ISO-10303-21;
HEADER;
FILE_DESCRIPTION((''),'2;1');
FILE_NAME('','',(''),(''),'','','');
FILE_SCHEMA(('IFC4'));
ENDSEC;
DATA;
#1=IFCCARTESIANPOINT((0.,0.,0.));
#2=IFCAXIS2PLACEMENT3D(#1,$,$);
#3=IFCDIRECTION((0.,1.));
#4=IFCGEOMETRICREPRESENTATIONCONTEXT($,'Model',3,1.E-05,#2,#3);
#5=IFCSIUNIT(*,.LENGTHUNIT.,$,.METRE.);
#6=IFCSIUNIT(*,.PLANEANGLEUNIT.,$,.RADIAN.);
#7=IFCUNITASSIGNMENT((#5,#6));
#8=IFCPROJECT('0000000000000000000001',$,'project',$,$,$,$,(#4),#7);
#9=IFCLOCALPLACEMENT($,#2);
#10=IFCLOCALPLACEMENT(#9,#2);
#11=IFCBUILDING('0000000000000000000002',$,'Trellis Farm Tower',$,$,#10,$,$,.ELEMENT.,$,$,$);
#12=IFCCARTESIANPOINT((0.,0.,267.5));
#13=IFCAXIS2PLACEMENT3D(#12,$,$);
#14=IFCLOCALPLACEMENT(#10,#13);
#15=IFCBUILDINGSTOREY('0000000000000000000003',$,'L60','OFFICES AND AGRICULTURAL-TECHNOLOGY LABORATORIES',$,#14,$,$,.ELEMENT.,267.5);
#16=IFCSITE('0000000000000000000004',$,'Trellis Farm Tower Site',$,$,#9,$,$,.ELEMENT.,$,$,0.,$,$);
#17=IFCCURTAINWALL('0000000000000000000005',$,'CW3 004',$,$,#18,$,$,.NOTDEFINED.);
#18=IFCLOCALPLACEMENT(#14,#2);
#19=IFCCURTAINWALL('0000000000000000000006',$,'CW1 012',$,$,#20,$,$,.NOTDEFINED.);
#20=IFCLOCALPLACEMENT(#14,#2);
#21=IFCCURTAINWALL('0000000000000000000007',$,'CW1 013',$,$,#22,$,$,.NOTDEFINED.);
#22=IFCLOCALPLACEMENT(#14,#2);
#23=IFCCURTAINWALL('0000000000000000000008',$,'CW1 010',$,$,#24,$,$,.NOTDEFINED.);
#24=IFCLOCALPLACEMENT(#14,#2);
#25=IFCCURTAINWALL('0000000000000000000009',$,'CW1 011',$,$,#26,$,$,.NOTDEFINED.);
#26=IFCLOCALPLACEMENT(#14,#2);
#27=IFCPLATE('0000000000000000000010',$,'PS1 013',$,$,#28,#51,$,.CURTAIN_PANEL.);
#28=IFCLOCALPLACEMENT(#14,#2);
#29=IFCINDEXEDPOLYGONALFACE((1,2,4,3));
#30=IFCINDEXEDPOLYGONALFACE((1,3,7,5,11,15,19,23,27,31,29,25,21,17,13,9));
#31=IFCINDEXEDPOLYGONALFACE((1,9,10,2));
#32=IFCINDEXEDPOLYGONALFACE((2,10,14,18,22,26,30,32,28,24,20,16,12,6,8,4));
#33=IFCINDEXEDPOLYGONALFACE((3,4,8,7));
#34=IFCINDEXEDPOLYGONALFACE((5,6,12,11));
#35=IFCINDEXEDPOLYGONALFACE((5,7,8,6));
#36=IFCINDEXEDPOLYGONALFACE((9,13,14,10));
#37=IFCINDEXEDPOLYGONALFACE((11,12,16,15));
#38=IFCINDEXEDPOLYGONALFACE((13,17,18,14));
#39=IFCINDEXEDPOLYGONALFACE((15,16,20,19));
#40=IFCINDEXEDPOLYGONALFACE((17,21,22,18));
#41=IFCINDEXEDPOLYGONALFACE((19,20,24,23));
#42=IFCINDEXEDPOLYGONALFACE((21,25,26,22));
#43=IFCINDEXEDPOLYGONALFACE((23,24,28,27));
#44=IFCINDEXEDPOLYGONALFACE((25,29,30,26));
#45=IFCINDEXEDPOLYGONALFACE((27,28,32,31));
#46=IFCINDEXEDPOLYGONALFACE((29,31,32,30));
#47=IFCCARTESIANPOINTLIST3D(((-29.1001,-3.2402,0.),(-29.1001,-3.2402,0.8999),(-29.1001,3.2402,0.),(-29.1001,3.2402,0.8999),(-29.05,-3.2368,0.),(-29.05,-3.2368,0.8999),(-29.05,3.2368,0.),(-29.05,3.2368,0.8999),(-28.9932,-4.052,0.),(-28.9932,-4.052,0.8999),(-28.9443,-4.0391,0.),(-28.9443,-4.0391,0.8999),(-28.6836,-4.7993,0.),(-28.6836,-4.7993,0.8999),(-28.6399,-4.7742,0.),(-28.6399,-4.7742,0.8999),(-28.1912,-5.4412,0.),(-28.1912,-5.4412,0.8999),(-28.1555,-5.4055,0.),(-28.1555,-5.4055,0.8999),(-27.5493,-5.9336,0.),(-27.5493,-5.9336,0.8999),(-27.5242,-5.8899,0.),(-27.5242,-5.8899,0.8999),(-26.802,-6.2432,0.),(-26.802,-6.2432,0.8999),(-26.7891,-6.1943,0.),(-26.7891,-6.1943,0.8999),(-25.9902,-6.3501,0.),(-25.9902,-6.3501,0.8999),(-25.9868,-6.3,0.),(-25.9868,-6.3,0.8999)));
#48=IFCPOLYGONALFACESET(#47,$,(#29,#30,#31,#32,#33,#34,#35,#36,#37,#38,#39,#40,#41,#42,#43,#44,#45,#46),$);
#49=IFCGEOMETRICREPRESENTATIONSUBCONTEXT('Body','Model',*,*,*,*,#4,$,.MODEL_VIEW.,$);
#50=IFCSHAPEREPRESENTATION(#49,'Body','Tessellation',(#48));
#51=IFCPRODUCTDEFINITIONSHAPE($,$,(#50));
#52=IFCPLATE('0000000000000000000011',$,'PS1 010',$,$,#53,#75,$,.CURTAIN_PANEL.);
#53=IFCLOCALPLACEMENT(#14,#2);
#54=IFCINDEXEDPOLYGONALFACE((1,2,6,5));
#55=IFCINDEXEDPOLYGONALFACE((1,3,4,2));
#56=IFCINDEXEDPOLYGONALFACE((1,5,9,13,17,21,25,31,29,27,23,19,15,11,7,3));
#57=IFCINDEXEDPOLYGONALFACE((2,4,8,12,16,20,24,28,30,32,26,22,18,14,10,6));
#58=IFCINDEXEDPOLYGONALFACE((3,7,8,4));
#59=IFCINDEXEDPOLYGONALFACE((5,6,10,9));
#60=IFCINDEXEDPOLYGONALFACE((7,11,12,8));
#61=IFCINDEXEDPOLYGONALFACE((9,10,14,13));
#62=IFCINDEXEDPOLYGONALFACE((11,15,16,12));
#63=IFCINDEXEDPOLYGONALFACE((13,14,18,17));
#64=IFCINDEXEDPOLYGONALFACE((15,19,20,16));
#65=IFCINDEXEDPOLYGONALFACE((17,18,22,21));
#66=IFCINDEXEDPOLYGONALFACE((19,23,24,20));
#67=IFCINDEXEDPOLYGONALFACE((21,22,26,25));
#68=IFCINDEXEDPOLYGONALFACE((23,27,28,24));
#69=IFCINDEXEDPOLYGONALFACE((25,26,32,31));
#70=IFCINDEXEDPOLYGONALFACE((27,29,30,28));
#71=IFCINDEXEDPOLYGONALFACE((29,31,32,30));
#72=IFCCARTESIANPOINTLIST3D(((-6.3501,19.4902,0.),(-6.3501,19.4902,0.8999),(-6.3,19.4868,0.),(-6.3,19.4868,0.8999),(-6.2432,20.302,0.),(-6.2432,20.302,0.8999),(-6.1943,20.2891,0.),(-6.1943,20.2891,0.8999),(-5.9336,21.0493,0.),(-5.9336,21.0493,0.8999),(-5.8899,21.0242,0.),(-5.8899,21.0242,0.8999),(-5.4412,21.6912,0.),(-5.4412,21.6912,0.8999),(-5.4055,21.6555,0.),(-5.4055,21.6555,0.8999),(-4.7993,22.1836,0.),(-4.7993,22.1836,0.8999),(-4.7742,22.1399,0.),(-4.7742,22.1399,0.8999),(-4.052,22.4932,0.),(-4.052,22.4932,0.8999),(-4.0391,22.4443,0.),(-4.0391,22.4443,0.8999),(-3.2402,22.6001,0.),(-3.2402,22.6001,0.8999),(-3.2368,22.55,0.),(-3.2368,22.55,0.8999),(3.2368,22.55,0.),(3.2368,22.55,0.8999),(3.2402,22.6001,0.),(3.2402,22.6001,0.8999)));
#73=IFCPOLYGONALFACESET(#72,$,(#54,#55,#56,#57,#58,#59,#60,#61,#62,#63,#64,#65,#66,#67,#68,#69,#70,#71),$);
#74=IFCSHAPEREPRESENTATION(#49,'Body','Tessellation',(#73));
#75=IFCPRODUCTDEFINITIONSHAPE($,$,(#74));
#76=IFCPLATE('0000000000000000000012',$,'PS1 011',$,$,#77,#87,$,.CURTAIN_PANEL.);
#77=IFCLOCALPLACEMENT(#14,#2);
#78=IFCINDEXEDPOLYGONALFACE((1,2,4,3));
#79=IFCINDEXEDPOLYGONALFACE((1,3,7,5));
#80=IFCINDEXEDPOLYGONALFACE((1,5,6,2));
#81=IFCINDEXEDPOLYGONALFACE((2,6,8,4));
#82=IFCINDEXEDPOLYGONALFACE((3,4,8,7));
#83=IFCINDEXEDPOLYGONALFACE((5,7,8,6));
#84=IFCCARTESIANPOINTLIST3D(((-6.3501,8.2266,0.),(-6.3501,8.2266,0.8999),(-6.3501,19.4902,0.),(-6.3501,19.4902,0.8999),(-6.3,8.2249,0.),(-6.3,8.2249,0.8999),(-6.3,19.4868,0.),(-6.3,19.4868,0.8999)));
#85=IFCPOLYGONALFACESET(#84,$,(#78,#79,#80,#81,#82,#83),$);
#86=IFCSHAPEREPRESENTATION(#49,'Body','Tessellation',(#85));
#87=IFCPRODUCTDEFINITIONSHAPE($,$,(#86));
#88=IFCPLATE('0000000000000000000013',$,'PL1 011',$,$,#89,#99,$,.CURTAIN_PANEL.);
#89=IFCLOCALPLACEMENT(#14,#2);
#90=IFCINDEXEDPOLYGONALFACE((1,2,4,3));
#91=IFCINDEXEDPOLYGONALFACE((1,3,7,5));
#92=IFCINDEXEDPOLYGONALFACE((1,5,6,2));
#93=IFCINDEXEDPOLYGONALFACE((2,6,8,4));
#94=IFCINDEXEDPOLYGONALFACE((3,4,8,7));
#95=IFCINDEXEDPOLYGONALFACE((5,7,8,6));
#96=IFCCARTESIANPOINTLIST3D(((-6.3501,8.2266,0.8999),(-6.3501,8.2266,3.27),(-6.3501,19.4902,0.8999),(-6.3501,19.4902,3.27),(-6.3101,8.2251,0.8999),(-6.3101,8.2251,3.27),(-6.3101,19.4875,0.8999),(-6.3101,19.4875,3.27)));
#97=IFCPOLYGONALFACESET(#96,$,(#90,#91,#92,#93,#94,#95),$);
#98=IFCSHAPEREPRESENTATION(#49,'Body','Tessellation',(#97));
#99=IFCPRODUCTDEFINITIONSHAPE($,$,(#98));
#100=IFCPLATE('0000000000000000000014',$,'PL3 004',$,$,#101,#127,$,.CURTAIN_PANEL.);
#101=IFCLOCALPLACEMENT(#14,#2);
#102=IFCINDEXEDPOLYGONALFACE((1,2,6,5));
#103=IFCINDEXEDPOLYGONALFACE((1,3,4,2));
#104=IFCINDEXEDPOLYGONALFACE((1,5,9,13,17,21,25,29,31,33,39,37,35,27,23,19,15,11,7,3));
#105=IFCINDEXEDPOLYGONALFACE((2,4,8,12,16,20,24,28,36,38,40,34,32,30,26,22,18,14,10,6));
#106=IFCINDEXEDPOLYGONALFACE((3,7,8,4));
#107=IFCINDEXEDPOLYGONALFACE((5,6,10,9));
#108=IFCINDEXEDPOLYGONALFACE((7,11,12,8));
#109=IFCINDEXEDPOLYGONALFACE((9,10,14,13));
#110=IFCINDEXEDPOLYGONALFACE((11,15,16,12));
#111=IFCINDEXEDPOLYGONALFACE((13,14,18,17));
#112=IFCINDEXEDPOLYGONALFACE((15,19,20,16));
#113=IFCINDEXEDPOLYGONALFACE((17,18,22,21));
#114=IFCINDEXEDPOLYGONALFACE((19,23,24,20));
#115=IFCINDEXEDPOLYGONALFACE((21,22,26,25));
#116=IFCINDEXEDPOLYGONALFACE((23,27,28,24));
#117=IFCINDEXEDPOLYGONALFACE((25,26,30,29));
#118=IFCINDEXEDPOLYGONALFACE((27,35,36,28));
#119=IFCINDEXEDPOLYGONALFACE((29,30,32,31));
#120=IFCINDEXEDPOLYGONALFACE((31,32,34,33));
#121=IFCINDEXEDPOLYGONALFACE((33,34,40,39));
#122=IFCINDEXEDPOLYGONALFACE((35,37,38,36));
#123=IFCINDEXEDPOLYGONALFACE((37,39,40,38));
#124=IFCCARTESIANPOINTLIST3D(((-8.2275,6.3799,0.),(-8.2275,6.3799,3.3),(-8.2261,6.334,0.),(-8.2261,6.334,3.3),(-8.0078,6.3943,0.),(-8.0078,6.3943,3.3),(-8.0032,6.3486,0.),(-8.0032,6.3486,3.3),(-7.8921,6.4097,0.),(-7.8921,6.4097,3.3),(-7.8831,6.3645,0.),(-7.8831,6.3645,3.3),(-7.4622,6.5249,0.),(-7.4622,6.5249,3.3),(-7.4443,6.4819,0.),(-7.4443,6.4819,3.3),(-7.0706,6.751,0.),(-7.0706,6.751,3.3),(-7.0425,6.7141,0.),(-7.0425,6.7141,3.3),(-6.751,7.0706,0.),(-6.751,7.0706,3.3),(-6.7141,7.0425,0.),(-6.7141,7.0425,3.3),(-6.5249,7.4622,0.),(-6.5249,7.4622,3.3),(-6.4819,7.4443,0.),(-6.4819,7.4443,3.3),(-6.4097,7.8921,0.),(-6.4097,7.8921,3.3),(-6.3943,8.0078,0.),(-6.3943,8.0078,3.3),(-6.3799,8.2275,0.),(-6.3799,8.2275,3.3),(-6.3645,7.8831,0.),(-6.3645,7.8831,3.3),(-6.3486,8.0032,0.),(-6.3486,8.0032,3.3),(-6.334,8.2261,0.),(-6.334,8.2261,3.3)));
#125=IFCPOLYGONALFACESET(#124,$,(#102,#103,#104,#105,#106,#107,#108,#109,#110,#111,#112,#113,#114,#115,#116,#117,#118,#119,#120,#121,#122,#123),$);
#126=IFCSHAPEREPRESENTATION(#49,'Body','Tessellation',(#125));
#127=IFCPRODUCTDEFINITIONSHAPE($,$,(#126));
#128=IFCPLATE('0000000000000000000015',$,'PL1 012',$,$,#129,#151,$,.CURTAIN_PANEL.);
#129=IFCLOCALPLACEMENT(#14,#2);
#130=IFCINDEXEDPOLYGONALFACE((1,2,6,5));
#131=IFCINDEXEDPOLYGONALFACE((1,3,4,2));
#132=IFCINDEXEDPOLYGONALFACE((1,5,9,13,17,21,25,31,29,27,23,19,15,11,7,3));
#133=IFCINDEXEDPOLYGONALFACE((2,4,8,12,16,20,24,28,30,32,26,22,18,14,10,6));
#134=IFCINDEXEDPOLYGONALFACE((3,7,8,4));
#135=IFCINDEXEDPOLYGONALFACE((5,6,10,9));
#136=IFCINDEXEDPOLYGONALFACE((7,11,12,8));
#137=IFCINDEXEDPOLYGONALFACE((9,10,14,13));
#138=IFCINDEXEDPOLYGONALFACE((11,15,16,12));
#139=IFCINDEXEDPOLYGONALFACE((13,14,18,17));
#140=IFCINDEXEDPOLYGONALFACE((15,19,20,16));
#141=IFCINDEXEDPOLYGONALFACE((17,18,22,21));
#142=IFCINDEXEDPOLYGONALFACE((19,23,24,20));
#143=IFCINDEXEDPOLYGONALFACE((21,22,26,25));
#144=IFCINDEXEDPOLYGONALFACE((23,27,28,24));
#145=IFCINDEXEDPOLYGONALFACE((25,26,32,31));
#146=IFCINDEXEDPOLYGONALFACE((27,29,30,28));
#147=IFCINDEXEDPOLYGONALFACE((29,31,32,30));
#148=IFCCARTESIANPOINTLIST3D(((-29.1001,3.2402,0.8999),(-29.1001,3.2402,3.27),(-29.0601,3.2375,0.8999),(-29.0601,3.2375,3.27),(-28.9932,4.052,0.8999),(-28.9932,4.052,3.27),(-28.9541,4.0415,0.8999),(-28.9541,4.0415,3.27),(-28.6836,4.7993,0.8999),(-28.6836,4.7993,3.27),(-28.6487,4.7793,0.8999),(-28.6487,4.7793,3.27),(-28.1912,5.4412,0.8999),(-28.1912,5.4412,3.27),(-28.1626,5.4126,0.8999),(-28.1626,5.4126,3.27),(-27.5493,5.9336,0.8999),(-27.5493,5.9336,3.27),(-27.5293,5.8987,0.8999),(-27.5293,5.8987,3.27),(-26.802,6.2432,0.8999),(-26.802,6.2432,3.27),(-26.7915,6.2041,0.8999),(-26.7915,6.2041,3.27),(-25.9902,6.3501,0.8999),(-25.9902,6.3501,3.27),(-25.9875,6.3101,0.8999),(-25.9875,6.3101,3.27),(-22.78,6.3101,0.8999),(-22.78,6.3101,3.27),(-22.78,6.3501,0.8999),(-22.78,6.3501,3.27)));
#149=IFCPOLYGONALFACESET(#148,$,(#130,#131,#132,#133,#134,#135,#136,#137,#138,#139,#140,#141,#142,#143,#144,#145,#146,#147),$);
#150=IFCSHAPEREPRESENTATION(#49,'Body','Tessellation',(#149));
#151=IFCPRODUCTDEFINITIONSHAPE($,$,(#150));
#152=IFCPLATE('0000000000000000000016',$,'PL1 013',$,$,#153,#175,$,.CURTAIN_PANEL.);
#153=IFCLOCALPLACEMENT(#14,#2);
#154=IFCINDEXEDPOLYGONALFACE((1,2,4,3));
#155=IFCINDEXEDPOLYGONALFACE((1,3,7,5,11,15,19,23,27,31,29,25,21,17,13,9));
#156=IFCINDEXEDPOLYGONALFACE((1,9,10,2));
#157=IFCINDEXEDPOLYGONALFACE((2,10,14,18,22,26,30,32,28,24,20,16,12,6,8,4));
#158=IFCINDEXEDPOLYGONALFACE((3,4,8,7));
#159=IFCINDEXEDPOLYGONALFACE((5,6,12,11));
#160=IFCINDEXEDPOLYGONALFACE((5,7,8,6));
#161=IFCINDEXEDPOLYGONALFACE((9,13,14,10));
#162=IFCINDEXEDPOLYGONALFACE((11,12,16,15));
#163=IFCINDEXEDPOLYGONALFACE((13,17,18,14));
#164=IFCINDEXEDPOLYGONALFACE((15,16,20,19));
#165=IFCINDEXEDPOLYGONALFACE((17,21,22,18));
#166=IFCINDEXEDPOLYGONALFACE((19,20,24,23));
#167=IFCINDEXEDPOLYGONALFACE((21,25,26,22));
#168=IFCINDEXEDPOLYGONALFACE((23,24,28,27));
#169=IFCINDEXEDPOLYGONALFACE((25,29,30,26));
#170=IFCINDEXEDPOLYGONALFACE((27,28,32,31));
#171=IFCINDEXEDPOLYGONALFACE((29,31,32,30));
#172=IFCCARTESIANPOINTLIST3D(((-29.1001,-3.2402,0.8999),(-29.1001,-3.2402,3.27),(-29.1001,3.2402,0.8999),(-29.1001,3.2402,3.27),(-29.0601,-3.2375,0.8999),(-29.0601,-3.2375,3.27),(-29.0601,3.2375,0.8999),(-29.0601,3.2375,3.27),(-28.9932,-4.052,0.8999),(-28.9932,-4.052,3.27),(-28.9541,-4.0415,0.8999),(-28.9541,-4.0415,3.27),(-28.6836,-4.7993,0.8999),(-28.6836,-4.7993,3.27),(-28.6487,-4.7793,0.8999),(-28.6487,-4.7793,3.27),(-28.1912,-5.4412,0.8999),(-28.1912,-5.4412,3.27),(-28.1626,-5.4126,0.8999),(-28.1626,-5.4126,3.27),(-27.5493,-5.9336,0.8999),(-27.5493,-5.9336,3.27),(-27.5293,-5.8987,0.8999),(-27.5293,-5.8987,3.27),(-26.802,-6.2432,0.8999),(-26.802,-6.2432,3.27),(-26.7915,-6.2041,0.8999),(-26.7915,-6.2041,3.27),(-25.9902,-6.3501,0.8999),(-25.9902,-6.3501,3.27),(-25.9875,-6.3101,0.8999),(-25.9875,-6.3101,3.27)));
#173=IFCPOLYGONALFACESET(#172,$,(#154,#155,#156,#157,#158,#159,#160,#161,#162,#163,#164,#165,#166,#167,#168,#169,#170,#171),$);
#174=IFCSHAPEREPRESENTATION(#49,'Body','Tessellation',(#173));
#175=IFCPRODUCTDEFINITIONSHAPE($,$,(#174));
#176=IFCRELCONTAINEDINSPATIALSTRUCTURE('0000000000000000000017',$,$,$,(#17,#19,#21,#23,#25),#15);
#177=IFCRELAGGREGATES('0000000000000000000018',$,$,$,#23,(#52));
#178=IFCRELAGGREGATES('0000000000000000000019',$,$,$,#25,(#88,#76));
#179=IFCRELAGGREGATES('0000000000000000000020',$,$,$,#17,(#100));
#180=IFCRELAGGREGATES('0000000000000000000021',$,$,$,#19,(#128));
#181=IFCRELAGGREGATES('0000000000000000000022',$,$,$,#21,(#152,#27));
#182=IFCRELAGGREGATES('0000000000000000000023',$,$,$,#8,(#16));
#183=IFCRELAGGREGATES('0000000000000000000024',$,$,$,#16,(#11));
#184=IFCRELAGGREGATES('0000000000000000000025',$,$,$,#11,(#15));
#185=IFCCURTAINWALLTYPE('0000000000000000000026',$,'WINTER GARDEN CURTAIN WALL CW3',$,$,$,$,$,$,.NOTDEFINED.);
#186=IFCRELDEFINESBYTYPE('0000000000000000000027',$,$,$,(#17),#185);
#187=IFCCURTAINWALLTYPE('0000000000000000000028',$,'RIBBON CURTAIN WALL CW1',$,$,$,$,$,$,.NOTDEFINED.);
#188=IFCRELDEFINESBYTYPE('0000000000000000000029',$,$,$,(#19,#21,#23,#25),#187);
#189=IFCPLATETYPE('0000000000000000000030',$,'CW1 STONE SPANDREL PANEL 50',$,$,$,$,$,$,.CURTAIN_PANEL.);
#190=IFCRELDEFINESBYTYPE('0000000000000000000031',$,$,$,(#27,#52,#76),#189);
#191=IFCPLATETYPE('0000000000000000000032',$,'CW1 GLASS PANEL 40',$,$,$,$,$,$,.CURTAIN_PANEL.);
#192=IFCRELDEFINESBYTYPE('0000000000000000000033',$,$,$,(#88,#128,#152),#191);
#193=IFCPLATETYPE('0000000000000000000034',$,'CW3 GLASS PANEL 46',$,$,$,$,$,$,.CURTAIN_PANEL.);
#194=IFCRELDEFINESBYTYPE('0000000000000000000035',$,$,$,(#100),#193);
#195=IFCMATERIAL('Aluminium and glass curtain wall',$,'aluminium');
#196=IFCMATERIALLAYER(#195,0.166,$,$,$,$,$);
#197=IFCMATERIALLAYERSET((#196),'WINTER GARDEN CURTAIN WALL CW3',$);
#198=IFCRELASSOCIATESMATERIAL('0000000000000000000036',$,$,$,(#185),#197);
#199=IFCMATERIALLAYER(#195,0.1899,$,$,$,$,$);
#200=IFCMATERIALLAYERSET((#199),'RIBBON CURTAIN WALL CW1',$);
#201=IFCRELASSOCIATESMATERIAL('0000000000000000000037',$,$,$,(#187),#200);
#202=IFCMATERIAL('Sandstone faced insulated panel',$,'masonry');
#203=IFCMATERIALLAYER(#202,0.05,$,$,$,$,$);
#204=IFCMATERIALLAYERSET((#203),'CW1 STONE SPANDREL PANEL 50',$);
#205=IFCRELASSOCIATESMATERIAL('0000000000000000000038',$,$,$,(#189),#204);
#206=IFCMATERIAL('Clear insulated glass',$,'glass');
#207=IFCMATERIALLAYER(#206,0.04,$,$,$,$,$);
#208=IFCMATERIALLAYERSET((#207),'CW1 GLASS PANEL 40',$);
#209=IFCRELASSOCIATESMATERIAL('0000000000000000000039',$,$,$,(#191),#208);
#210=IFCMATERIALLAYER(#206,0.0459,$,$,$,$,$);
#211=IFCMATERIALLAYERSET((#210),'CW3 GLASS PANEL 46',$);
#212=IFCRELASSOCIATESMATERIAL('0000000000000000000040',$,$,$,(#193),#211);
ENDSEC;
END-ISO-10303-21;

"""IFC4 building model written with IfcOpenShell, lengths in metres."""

from ifc_helpers import new_model, si_unit, direction, frame, origin, place, context, subcontext, project, spatial, polyline, outline, extrude, source, transform, mapped, material, layer, layer_set, type_object, element, aggregate, save


model = new_model("IFC4")

# Units and contexts
model_context = context("Model", 3, precision=1e-05, world=origin(), true_north=direction((0.0, 1.0)))
body_context = subcontext(model_context, "Body", "Model", "MODEL_VIEW")
ifc_project = project(units=[si_unit("LENGTHUNIT", "METRE"), si_unit("PLANEANGLEUNIT", "RADIAN")], contexts=[model_context])

# Site, building, storey
site_placement = place(None, origin())
site = spatial("IfcSite", under=ifc_project, at=site_placement, Name="Trellis Farm Tower Site", CompositionType="ELEMENT", RefElevation=0.0)
building_placement = place(site_placement, origin())
building = spatial("IfcBuilding", under=site, at=building_placement, Name="Trellis Farm Tower", CompositionType="ELEMENT")
storey_placement = place(building_placement, frame((0.0, 0.0, 267.5)))
storey = spatial("IfcBuildingStorey", under=building, at=storey_placement, Name="L60", Description="OFFICES AND AGRICULTURAL-TECHNOLOGY LABORATORIES", CompositionType="ELEMENT", Elevation=267.5)

# Curtain walls
ifc_material_1 = material(Name="Aluminium and glass curtain wall", Category="aluminium")
ifc_layer_1 = layer(ifc_material_1, 0.166)
ifc_layer_set_1 = layer_set([ifc_layer_1], Name="WINTER GARDEN CURTAIN WALL CW3")
curtain_wall_type_1 = type_object("IfcCurtainWallType", Name="WINTER GARDEN CURTAIN WALL CW3", PredefinedType="NOTDEFINED", material=ifc_layer_set_1)
placement_1 = place(storey_placement, origin())
curtain_wall_1 = element("IfcCurtainWall", 1, at=placement_1, inside=storey, type_object=curtain_wall_type_1, Name="CW3 004", PredefinedType="NOTDEFINED")
ifc_layer_2 = layer(ifc_material_1, 0.1899)
ifc_layer_set_2 = layer_set([ifc_layer_2], Name="RIBBON CURTAIN WALL CW1")
curtain_wall_type_2 = type_object("IfcCurtainWallType", Name="RIBBON CURTAIN WALL CW1", PredefinedType="NOTDEFINED", material=ifc_layer_set_2)
curtain_wall_2 = element("IfcCurtainWall", 2, at=placement_1, inside=storey, type_object=curtain_wall_type_2, Name="CW1 012", PredefinedType="NOTDEFINED")
curtain_wall_3 = element("IfcCurtainWall", 3, at=placement_1, inside=storey, type_object=curtain_wall_type_2, Name="CW1 013", PredefinedType="NOTDEFINED")
curtain_wall_4 = element("IfcCurtainWall", 4, at=placement_1, inside=storey, type_object=curtain_wall_type_2, Name="CW1 010", PredefinedType="NOTDEFINED")
curtain_wall_5 = element("IfcCurtainWall", 5, at=placement_1, inside=storey, type_object=curtain_wall_type_2, Name="CW1 011", PredefinedType="NOTDEFINED")

# Plates
ifc_material_2 = material(Name="Sandstone faced insulated panel", Category="masonry")
ifc_layer_3 = layer(ifc_material_2, 0.05)
ifc_layer_set_3 = layer_set([ifc_layer_3], Name="CW1 STONE SPANDREL PANEL 50")
plate_type_1 = type_object("IfcPlateType", Name="CW1 STONE SPANDREL PANEL 50", PredefinedType="CURTAIN_PANEL", material=ifc_layer_set_3)
shared_shape_1 = source(origin(), body_context, "Body", "SweptSolid", [
    extrude(outline(polyline([(-29.1001, 3.2402), (-29.1001, -3.2402), (-28.9932, -4.052), (-28.6836, -4.7993), (-28.1912, -5.4412), (-27.5493, -5.9336), (-26.802, -6.2432), (-25.9902, -6.3501), (-25.9868, -6.3), (-26.7891, -6.1943), (-27.5242, -5.8899), (-28.1555, -5.4055), (-28.6399, -4.7742), (-28.9443, -4.0391), (-29.05, -3.2368), (-29.05, 3.2368), (-29.1001, 3.2402)])), origin(), (0.0, 0.0, 1.0), 0.8999),
])
plate_1 = element("IfcPlate", 6, at=placement_1, type_object=plate_type_1, Name="PS1 013", PredefinedType="CURTAIN_PANEL", context=body_context, shape_type="MappedRepresentation", body=[
    mapped(shared_shape_1, transform((0.0, 0.0, 0.0))),
])
shared_shape_2 = source(origin(), body_context, "Body", "SweptSolid", [
    extrude(outline(polyline([(3.2402, 22.6001), (-3.2402, 22.6001), (-4.052, 22.4932), (-4.7993, 22.1836), (-5.4412, 21.6912), (-5.9336, 21.0493), (-6.2432, 20.302), (-6.3501, 19.4902), (-6.3, 19.4868), (-6.1943, 20.2891), (-5.8899, 21.0242), (-5.4055, 21.6555), (-4.7742, 22.1399), (-4.0391, 22.4443), (-3.2368, 22.55), (3.2368, 22.55), (3.2402, 22.6001)])), origin(), (0.0, 0.0, 1.0), 0.8999),
])
plate_2 = element("IfcPlate", 7, at=placement_1, type_object=plate_type_1, Name="PS1 010", PredefinedType="CURTAIN_PANEL", context=body_context, shape_type="MappedRepresentation", body=[
    mapped(shared_shape_2, transform((0.0, 0.0, 0.0))),
])
aggregate(curtain_wall_4, [plate_2])
shared_shape_3 = source(origin(), body_context, "Body", "SweptSolid", [
    extrude(outline(polyline([(-6.3501, 19.4902), (-6.3501, 8.2266), (-6.3, 8.2249), (-6.3, 19.4868), (-6.3501, 19.4902)])), origin(), (0.0, 0.0, 1.0), 0.8999),
])
plate_3 = element("IfcPlate", 8, at=placement_1, type_object=plate_type_1, Name="PS1 011", PredefinedType="CURTAIN_PANEL", context=body_context, shape_type="MappedRepresentation", body=[
    mapped(shared_shape_3, transform((0.0, 0.0, 0.0))),
])
ifc_material_3 = material(Name="Clear insulated glass", Category="glass")
ifc_layer_4 = layer(ifc_material_3, 0.04)
ifc_layer_set_4 = layer_set([ifc_layer_4], Name="CW1 GLASS PANEL 40")
plate_type_2 = type_object("IfcPlateType", Name="CW1 GLASS PANEL 40", PredefinedType="CURTAIN_PANEL", material=ifc_layer_set_4)
shared_shape_4 = source(origin(), body_context, "Body", "SweptSolid", [
    extrude(outline(polyline([(-6.3501, 19.4902), (-6.3501, 8.2266), (-6.3101, 8.2251), (-6.3101, 19.4875), (-6.3501, 19.4902)])), origin(), (0.0, 0.0, 1.0), 2.3701),
])
placement_2 = place(storey_placement, frame((0.0, 0.0, 0.8999)))
plate_4 = element("IfcPlate", 9, at=placement_2, type_object=plate_type_2, Name="PL1 011", PredefinedType="CURTAIN_PANEL", context=body_context, shape_type="MappedRepresentation", body=[
    mapped(shared_shape_4, transform((0.0, 0.0, 0.0))),
])
aggregate(curtain_wall_5, [plate_4, plate_3])
ifc_layer_5 = layer(ifc_material_3, 0.0459)
ifc_layer_set_5 = layer_set([ifc_layer_5], Name="CW3 GLASS PANEL 46")
plate_type_3 = type_object("IfcPlateType", Name="CW3 GLASS PANEL 46", PredefinedType="CURTAIN_PANEL", material=ifc_layer_set_5)
shared_shape_5 = source(origin(), body_context, "Body", "SweptSolid", [
    extrude(outline(polyline([(-6.3799, 8.2275), (-6.3943, 8.0078), (-6.4097, 7.8921), (-6.5249, 7.4622), (-6.751, 7.0706), (-7.0706, 6.751), (-7.4622, 6.5249), (-7.8921, 6.4097), (-8.0078, 6.3943), (-8.2275, 6.3799), (-8.2261, 6.334), (-8.0032, 6.3486), (-7.8831, 6.3645), (-7.4443, 6.4819), (-7.0425, 6.7141), (-6.7141, 7.0425), (-6.4819, 7.4443), (-6.3645, 7.8831), (-6.3486, 8.0032), (-6.334, 8.2261), (-6.3799, 8.2275)])), origin(), (0.0, 0.0, 1.0), 3.3),
])
plate_5 = element("IfcPlate", 10, at=placement_1, type_object=plate_type_3, Name="PL3 004", PredefinedType="CURTAIN_PANEL", context=body_context, shape_type="MappedRepresentation", body=[
    mapped(shared_shape_5, transform((0.0, 0.0, 0.0))),
])
aggregate(curtain_wall_1, [plate_5])
shared_shape_6 = source(origin(), body_context, "Body", "SweptSolid", [
    extrude(outline(polyline([(-22.78, 6.3501), (-25.9902, 6.3501), (-26.802, 6.2432), (-27.5493, 5.9336), (-28.1912, 5.4412), (-28.6836, 4.7993), (-28.9932, 4.052), (-29.1001, 3.2402), (-29.0601, 3.2375), (-28.9541, 4.0415), (-28.6487, 4.7793), (-28.1626, 5.4126), (-27.5293, 5.8987), (-26.7915, 6.2041), (-25.9875, 6.3101), (-22.78, 6.3101), (-22.78, 6.3501)])), origin(), (0.0, 0.0, 1.0), 2.3701),
])
plate_6 = element("IfcPlate", 11, at=placement_2, type_object=plate_type_2, Name="PL1 012", PredefinedType="CURTAIN_PANEL", context=body_context, shape_type="MappedRepresentation", body=[
    mapped(shared_shape_6, transform((0.0, 0.0, 0.0))),
])
aggregate(curtain_wall_2, [plate_6])
shared_shape_7 = source(origin(), body_context, "Body", "SweptSolid", [
    extrude(outline(polyline([(-29.1001, 3.2402), (-29.1001, -3.2402), (-28.9932, -4.052), (-28.6836, -4.7993), (-28.1912, -5.4412), (-27.5493, -5.9336), (-26.802, -6.2432), (-25.9902, -6.3501), (-25.9875, -6.3101), (-26.7915, -6.2041), (-27.5293, -5.8987), (-28.1626, -5.4126), (-28.6487, -4.7793), (-28.9541, -4.0415), (-29.0601, -3.2375), (-29.0601, 3.2375), (-29.1001, 3.2402)])), origin(), (0.0, 0.0, 1.0), 2.3701),
])
plate_7 = element("IfcPlate", 12, at=placement_2, type_object=plate_type_2, Name="PL1 013", PredefinedType="CURTAIN_PANEL", context=body_context, shape_type="MappedRepresentation", body=[
    mapped(shared_shape_7, transform((0.0, 0.0, 0.0))),
])
aggregate(curtain_wall_3, [plate_7, plate_1])

save(model, "model.ifc")
